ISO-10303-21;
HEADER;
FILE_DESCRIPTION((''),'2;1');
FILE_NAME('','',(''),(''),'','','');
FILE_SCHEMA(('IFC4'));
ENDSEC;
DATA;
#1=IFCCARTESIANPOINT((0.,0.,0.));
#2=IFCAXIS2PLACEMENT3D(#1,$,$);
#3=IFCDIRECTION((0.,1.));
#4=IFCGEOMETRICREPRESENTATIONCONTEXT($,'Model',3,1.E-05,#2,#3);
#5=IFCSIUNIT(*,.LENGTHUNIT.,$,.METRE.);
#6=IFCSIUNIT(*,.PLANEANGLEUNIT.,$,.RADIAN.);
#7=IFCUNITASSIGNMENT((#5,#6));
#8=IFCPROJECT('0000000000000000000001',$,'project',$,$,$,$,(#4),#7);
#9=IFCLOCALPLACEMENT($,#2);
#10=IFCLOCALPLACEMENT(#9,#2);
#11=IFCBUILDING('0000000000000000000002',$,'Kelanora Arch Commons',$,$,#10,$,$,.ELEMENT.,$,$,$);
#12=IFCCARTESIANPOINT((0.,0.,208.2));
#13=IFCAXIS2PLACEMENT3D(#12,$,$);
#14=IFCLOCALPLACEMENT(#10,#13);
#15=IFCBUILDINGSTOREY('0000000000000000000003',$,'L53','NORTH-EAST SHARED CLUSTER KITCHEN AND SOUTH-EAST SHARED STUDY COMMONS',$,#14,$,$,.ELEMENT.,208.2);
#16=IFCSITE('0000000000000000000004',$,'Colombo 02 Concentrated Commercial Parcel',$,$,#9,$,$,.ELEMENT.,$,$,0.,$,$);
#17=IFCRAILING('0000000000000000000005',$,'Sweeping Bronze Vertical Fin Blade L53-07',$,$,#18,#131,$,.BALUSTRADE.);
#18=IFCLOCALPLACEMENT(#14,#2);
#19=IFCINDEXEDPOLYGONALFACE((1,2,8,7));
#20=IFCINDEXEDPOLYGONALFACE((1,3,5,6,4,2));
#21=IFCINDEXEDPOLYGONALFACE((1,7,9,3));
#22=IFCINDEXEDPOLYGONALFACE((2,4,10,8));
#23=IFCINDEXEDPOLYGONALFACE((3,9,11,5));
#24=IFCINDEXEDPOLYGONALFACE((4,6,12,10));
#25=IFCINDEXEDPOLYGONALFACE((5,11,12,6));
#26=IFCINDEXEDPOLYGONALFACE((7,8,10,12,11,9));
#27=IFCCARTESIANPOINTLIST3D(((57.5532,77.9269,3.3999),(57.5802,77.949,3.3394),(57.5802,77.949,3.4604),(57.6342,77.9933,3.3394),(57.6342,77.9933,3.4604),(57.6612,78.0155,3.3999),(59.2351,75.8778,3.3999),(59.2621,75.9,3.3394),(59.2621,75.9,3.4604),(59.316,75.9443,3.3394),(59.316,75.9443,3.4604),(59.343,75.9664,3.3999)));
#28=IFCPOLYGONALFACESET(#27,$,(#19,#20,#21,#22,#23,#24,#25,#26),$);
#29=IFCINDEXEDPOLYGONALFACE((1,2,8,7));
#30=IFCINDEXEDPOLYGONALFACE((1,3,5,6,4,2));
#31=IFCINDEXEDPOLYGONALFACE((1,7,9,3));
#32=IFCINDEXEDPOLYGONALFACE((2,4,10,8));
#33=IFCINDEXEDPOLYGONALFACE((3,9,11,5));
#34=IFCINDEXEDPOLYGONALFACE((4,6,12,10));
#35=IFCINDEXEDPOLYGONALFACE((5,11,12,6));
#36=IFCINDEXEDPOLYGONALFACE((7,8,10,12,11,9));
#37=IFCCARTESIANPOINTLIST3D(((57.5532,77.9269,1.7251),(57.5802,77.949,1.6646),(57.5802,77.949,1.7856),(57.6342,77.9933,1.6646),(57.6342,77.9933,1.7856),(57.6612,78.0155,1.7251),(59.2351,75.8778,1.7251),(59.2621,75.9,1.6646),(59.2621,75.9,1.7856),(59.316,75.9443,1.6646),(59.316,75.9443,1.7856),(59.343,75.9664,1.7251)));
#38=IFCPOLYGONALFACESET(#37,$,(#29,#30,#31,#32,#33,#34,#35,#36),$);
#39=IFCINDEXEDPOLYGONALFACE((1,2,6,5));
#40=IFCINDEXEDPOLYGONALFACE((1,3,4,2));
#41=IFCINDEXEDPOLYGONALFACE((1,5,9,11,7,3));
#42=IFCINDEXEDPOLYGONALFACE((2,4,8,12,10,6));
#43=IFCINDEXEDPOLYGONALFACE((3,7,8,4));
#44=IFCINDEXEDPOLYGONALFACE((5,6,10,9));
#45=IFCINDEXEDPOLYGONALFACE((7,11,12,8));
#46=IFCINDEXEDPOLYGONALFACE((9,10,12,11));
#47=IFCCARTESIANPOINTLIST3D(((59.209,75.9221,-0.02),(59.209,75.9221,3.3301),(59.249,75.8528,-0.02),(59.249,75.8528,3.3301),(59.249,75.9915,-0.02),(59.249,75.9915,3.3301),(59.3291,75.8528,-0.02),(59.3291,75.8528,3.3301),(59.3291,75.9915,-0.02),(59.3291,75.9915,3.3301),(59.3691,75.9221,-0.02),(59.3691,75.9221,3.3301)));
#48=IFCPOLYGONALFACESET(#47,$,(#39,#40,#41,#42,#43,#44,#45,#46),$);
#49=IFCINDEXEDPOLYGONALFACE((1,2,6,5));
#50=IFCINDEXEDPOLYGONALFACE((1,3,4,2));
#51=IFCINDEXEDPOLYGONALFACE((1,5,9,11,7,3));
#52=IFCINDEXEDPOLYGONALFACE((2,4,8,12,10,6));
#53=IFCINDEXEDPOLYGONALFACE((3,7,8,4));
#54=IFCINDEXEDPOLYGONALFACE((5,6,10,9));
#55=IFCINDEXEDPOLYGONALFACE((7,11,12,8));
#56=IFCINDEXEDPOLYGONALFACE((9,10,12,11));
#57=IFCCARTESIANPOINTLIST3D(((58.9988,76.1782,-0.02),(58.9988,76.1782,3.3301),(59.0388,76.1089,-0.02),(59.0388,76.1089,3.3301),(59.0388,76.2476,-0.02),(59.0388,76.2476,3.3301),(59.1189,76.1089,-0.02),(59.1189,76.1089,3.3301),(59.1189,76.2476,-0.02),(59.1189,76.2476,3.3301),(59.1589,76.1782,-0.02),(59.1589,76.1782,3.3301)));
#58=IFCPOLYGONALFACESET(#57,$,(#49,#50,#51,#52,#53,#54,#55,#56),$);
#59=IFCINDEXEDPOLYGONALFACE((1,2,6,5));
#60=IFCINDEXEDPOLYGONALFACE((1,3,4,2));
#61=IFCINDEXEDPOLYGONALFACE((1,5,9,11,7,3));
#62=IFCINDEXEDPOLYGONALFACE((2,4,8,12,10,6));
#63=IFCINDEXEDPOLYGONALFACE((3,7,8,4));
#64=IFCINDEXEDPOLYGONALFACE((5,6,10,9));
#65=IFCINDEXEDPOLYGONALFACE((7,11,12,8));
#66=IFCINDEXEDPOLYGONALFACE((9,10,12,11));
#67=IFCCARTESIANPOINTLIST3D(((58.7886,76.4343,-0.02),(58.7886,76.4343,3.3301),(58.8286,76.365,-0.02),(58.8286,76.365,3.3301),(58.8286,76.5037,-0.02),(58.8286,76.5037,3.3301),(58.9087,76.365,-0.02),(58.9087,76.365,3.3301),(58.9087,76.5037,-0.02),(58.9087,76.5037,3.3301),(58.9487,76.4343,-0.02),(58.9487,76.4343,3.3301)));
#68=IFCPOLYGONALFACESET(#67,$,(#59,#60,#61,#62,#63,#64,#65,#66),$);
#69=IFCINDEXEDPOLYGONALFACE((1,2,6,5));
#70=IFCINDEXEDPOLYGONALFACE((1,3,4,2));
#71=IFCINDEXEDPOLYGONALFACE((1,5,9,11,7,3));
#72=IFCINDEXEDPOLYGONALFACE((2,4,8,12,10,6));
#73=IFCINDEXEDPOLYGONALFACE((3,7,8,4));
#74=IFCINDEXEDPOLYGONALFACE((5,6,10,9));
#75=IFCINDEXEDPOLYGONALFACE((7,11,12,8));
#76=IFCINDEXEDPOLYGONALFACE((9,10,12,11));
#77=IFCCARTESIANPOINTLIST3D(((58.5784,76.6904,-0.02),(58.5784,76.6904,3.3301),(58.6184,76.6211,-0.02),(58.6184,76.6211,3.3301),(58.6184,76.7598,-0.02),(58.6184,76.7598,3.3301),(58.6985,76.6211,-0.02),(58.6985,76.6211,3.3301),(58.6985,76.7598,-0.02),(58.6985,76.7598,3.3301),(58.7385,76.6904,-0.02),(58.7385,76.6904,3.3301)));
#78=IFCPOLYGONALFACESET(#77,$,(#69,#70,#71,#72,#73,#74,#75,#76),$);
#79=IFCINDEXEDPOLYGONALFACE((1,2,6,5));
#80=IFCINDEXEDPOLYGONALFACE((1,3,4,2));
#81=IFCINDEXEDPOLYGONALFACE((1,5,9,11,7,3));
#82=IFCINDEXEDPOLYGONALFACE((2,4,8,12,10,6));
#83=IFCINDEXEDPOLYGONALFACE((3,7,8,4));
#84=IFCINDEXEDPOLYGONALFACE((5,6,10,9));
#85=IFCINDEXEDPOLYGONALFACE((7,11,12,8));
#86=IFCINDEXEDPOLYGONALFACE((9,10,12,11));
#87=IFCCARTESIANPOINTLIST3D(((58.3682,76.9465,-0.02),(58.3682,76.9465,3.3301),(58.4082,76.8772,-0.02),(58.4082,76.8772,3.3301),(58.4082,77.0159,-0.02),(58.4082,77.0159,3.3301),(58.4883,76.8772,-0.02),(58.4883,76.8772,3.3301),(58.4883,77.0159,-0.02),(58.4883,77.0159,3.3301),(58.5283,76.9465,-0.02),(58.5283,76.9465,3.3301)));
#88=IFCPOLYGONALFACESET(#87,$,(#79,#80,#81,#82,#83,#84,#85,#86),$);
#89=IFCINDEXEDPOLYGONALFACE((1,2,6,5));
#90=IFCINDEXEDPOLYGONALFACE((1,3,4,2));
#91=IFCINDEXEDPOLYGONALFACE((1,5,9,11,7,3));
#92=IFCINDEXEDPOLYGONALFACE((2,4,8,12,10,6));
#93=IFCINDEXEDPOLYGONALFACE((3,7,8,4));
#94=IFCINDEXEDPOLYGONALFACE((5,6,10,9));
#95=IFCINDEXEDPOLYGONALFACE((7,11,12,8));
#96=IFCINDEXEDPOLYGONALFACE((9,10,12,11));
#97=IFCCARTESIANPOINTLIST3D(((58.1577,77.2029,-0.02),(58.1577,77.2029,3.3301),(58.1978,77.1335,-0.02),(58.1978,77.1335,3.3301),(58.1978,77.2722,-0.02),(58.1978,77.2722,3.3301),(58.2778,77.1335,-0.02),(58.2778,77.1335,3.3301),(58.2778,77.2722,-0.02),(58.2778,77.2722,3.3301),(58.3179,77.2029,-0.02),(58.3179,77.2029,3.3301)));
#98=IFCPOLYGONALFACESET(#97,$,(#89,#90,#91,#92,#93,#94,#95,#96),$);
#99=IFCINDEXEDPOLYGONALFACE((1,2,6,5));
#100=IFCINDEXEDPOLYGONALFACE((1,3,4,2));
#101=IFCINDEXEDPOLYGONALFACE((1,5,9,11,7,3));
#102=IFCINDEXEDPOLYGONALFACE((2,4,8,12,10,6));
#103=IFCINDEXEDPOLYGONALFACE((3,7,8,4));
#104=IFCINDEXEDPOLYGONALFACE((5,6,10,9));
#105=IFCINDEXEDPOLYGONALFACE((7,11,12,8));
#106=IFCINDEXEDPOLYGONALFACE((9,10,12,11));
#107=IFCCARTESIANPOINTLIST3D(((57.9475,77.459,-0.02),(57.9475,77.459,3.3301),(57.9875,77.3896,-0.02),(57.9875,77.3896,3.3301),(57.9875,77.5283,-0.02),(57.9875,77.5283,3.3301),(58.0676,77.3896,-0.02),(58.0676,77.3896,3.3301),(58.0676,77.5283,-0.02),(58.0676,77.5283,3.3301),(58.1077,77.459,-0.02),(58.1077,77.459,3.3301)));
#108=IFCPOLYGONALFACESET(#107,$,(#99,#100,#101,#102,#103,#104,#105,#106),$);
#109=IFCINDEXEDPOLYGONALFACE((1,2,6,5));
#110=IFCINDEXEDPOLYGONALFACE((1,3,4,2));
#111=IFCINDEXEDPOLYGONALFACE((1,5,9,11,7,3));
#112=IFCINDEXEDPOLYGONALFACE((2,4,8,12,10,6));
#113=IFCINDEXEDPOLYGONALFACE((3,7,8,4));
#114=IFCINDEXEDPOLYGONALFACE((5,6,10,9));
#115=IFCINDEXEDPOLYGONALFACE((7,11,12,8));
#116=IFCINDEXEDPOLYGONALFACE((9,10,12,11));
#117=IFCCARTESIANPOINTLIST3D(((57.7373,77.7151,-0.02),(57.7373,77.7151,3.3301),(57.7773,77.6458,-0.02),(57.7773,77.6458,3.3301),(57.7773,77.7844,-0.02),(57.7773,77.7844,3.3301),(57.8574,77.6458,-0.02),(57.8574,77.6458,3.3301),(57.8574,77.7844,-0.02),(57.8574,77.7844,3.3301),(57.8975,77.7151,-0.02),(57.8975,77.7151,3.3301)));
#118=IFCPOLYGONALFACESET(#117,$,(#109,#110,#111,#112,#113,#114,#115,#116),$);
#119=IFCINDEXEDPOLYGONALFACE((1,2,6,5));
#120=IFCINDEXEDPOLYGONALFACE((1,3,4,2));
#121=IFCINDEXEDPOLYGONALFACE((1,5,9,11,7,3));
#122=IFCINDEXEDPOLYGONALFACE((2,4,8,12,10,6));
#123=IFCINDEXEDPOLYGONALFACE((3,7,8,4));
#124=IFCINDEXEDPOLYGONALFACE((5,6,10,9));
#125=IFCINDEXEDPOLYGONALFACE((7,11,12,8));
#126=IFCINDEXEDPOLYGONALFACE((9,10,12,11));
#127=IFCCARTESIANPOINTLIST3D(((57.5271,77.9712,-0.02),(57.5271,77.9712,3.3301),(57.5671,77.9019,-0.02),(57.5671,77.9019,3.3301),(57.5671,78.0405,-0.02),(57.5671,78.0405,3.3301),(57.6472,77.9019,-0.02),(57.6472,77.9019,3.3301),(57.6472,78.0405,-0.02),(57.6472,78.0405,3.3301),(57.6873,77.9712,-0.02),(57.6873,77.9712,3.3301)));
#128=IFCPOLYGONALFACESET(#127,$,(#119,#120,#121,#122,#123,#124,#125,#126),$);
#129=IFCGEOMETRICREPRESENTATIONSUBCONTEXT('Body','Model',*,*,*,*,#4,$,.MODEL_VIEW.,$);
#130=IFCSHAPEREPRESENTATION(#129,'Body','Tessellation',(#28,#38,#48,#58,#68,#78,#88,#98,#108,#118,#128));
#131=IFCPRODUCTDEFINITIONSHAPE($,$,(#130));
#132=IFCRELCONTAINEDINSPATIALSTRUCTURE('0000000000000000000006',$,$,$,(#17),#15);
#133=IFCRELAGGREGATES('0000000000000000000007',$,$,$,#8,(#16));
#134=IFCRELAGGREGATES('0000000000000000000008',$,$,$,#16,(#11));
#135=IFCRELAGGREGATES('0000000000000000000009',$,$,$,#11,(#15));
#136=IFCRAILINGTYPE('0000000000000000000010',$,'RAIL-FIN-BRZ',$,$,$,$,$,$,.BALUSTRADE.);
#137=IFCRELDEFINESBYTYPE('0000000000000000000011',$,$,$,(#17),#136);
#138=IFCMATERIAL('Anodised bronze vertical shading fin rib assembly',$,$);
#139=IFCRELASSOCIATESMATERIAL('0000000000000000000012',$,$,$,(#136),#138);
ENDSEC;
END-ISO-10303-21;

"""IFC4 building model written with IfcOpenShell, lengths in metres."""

from ifc_helpers import new_model, si_unit, direction, frame, origin, place, context, subcontext, project, spatial, polyline, outline, extrude, material, type_object, element, save


model = new_model("IFC4")

# Units and contexts
model_context = context("Model", 3, precision=1e-05, world=origin(), true_north=direction((0.0, 1.0)))
body_context = subcontext(model_context, "Body", "Model", "MODEL_VIEW")
ifc_project = project(units=[si_unit("LENGTHUNIT", "METRE"), si_unit("PLANEANGLEUNIT", "RADIAN")], contexts=[model_context])

# Site, building, storey
site_placement = place(None, origin())
site = spatial("IfcSite", under=ifc_project, at=site_placement, Name="Colombo 02 Concentrated Commercial Parcel", CompositionType="ELEMENT", RefElevation=0.0)
building_placement = place(site_placement, origin())
building = spatial("IfcBuilding", under=site, at=building_placement, Name="Kelanora Arch Commons", CompositionType="ELEMENT")
storey_placement = place(building_placement, frame((0.0, 0.0, 208.2)))
storey = spatial("IfcBuildingStorey", under=building, at=storey_placement, Name="L53", Description="NORTH-EAST SHARED CLUSTER KITCHEN AND SOUTH-EAST SHARED STUDY COMMONS", CompositionType="ELEMENT", Elevation=208.2)

# Railing
ifc_material_1 = material(Name="Anodised bronze vertical shading fin rib assembly")
railing_type = type_object("IfcRailingType", Name="RAIL-FIN-BRZ", PredefinedType="BALUSTRADE", material=ifc_material_1)
railing_1_placement = place(storey_placement, frame((59.2891, 75.9221, -0.02)))
element("IfcRailing", 1, at=railing_1_placement, inside=storey, type_object=railing_type, Name="Sweeping Bronze Vertical Fin Blade L53-07", PredefinedType="BALUSTRADE", context=body_context, shape_type="SweptSolid", body=[
    extrude(outline(polyline([(0.0698, 0.0), (0.0349, 0.0605), (-0.0349, 0.0605), (-0.0698, 0.0), (-0.0349, -0.0605), (0.0349, -0.0605), (0.0698, 0.0)])), frame((0.0, 0.0, 3.4199), z_axis=(-0.634451, 0.772963, 0.0), x_axis=(-0.772963, -0.634451, 0.0)), (0.0, 0.0, 1.0), 2.6509),
    extrude(outline(polyline([(0.0698, 0.0), (0.0349, 0.0605), (-0.0349, 0.0605), (-0.0698, 0.0), (-0.0349, -0.0605), (0.0349, -0.0605), (0.0698, 0.0)])), frame((0.0, 0.0, 1.7451), z_axis=(-0.634451, 0.772963, 0.0), x_axis=(-0.772963, -0.634451, 0.0)), (0.0, 0.0, 1.0), 2.6509),
    extrude(outline(polyline([(0.0801, 0.0), (0.04, 0.0693), (-0.04, 0.0693), (-0.0801, 0.0), (-0.04, -0.0693), (0.04, -0.0693), (0.0801, 0.0)])), origin(), (0.0, 0.0, 1.0), 3.3501),
    extrude(outline(polyline([(0.0801, 0.0), (0.04, 0.0693), (-0.04, 0.0693), (-0.0801, 0.0), (-0.04, -0.0693), (0.04, -0.0693), (0.0801, 0.0)])), frame((-0.2102, 0.2561, 0.0)), (0.0, 0.0, 1.0), 3.3501),
    extrude(outline(polyline([(0.0801, 0.0), (0.04, 0.0693), (-0.04, 0.0693), (-0.0801, 0.0), (-0.04, -0.0693), (0.04, -0.0693), (0.0801, 0.0)])), frame((-0.4204, 0.5122, 0.0)), (0.0, 0.0, 1.0), 3.3501),
    extrude(outline(polyline([(0.0801, 0.0), (0.04, 0.0693), (-0.04, 0.0693), (-0.0801, 0.0), (-0.04, -0.0693), (0.04, -0.0693), (0.0801, 0.0)])), frame((-0.6306, 0.7683, 0.0)), (0.0, 0.0, 1.0), 3.3501),
    extrude(outline(polyline([(0.0801, 0.0), (0.04, 0.0693), (-0.04, 0.0693), (-0.0801, 0.0), (-0.04, -0.0693), (0.04, -0.0693), (0.0801, 0.0)])), frame((-0.8408, 1.0244, 0.0)), (0.0, 0.0, 1.0), 3.3501),
    extrude(outline(polyline([(0.0801, 0.0), (0.04, 0.0693), (-0.04, 0.0693), (-0.0801, 0.0), (-0.04, -0.0693), (0.04, -0.0693), (0.0801, 0.0)])), frame((-1.0513, 1.2808, 0.0)), (0.0, 0.0, 1.0), 3.3501),
    extrude(outline(polyline([(0.0801, 0.0), (0.04, 0.0693), (-0.04, 0.0693), (-0.0801, 0.0), (-0.04, -0.0693), (0.04, -0.0693), (0.0801, 0.0)])), frame((-1.2615, 1.5369, 0.0)), (0.0, 0.0, 1.0), 3.3501),
    extrude(outline(polyline([(0.0801, 0.0), (0.04, 0.0693), (-0.04, 0.0693), (-0.0801, 0.0), (-0.04, -0.0693), (0.04, -0.0693), (0.0801, 0.0)])), frame((-1.4717, 1.793, 0.0)), (0.0, 0.0, 1.0), 3.3501),
    extrude(outline(polyline([(0.0801, 0.0), (0.04, 0.0693), (-0.04, 0.0693), (-0.0801, 0.0), (-0.04, -0.0693), (0.04, -0.0693), (0.0801, 0.0)])), frame((-1.6819, 2.0491, 0.0)), (0.0, 0.0, 1.0), 3.3501),
])

save(model, "model.ifc")
